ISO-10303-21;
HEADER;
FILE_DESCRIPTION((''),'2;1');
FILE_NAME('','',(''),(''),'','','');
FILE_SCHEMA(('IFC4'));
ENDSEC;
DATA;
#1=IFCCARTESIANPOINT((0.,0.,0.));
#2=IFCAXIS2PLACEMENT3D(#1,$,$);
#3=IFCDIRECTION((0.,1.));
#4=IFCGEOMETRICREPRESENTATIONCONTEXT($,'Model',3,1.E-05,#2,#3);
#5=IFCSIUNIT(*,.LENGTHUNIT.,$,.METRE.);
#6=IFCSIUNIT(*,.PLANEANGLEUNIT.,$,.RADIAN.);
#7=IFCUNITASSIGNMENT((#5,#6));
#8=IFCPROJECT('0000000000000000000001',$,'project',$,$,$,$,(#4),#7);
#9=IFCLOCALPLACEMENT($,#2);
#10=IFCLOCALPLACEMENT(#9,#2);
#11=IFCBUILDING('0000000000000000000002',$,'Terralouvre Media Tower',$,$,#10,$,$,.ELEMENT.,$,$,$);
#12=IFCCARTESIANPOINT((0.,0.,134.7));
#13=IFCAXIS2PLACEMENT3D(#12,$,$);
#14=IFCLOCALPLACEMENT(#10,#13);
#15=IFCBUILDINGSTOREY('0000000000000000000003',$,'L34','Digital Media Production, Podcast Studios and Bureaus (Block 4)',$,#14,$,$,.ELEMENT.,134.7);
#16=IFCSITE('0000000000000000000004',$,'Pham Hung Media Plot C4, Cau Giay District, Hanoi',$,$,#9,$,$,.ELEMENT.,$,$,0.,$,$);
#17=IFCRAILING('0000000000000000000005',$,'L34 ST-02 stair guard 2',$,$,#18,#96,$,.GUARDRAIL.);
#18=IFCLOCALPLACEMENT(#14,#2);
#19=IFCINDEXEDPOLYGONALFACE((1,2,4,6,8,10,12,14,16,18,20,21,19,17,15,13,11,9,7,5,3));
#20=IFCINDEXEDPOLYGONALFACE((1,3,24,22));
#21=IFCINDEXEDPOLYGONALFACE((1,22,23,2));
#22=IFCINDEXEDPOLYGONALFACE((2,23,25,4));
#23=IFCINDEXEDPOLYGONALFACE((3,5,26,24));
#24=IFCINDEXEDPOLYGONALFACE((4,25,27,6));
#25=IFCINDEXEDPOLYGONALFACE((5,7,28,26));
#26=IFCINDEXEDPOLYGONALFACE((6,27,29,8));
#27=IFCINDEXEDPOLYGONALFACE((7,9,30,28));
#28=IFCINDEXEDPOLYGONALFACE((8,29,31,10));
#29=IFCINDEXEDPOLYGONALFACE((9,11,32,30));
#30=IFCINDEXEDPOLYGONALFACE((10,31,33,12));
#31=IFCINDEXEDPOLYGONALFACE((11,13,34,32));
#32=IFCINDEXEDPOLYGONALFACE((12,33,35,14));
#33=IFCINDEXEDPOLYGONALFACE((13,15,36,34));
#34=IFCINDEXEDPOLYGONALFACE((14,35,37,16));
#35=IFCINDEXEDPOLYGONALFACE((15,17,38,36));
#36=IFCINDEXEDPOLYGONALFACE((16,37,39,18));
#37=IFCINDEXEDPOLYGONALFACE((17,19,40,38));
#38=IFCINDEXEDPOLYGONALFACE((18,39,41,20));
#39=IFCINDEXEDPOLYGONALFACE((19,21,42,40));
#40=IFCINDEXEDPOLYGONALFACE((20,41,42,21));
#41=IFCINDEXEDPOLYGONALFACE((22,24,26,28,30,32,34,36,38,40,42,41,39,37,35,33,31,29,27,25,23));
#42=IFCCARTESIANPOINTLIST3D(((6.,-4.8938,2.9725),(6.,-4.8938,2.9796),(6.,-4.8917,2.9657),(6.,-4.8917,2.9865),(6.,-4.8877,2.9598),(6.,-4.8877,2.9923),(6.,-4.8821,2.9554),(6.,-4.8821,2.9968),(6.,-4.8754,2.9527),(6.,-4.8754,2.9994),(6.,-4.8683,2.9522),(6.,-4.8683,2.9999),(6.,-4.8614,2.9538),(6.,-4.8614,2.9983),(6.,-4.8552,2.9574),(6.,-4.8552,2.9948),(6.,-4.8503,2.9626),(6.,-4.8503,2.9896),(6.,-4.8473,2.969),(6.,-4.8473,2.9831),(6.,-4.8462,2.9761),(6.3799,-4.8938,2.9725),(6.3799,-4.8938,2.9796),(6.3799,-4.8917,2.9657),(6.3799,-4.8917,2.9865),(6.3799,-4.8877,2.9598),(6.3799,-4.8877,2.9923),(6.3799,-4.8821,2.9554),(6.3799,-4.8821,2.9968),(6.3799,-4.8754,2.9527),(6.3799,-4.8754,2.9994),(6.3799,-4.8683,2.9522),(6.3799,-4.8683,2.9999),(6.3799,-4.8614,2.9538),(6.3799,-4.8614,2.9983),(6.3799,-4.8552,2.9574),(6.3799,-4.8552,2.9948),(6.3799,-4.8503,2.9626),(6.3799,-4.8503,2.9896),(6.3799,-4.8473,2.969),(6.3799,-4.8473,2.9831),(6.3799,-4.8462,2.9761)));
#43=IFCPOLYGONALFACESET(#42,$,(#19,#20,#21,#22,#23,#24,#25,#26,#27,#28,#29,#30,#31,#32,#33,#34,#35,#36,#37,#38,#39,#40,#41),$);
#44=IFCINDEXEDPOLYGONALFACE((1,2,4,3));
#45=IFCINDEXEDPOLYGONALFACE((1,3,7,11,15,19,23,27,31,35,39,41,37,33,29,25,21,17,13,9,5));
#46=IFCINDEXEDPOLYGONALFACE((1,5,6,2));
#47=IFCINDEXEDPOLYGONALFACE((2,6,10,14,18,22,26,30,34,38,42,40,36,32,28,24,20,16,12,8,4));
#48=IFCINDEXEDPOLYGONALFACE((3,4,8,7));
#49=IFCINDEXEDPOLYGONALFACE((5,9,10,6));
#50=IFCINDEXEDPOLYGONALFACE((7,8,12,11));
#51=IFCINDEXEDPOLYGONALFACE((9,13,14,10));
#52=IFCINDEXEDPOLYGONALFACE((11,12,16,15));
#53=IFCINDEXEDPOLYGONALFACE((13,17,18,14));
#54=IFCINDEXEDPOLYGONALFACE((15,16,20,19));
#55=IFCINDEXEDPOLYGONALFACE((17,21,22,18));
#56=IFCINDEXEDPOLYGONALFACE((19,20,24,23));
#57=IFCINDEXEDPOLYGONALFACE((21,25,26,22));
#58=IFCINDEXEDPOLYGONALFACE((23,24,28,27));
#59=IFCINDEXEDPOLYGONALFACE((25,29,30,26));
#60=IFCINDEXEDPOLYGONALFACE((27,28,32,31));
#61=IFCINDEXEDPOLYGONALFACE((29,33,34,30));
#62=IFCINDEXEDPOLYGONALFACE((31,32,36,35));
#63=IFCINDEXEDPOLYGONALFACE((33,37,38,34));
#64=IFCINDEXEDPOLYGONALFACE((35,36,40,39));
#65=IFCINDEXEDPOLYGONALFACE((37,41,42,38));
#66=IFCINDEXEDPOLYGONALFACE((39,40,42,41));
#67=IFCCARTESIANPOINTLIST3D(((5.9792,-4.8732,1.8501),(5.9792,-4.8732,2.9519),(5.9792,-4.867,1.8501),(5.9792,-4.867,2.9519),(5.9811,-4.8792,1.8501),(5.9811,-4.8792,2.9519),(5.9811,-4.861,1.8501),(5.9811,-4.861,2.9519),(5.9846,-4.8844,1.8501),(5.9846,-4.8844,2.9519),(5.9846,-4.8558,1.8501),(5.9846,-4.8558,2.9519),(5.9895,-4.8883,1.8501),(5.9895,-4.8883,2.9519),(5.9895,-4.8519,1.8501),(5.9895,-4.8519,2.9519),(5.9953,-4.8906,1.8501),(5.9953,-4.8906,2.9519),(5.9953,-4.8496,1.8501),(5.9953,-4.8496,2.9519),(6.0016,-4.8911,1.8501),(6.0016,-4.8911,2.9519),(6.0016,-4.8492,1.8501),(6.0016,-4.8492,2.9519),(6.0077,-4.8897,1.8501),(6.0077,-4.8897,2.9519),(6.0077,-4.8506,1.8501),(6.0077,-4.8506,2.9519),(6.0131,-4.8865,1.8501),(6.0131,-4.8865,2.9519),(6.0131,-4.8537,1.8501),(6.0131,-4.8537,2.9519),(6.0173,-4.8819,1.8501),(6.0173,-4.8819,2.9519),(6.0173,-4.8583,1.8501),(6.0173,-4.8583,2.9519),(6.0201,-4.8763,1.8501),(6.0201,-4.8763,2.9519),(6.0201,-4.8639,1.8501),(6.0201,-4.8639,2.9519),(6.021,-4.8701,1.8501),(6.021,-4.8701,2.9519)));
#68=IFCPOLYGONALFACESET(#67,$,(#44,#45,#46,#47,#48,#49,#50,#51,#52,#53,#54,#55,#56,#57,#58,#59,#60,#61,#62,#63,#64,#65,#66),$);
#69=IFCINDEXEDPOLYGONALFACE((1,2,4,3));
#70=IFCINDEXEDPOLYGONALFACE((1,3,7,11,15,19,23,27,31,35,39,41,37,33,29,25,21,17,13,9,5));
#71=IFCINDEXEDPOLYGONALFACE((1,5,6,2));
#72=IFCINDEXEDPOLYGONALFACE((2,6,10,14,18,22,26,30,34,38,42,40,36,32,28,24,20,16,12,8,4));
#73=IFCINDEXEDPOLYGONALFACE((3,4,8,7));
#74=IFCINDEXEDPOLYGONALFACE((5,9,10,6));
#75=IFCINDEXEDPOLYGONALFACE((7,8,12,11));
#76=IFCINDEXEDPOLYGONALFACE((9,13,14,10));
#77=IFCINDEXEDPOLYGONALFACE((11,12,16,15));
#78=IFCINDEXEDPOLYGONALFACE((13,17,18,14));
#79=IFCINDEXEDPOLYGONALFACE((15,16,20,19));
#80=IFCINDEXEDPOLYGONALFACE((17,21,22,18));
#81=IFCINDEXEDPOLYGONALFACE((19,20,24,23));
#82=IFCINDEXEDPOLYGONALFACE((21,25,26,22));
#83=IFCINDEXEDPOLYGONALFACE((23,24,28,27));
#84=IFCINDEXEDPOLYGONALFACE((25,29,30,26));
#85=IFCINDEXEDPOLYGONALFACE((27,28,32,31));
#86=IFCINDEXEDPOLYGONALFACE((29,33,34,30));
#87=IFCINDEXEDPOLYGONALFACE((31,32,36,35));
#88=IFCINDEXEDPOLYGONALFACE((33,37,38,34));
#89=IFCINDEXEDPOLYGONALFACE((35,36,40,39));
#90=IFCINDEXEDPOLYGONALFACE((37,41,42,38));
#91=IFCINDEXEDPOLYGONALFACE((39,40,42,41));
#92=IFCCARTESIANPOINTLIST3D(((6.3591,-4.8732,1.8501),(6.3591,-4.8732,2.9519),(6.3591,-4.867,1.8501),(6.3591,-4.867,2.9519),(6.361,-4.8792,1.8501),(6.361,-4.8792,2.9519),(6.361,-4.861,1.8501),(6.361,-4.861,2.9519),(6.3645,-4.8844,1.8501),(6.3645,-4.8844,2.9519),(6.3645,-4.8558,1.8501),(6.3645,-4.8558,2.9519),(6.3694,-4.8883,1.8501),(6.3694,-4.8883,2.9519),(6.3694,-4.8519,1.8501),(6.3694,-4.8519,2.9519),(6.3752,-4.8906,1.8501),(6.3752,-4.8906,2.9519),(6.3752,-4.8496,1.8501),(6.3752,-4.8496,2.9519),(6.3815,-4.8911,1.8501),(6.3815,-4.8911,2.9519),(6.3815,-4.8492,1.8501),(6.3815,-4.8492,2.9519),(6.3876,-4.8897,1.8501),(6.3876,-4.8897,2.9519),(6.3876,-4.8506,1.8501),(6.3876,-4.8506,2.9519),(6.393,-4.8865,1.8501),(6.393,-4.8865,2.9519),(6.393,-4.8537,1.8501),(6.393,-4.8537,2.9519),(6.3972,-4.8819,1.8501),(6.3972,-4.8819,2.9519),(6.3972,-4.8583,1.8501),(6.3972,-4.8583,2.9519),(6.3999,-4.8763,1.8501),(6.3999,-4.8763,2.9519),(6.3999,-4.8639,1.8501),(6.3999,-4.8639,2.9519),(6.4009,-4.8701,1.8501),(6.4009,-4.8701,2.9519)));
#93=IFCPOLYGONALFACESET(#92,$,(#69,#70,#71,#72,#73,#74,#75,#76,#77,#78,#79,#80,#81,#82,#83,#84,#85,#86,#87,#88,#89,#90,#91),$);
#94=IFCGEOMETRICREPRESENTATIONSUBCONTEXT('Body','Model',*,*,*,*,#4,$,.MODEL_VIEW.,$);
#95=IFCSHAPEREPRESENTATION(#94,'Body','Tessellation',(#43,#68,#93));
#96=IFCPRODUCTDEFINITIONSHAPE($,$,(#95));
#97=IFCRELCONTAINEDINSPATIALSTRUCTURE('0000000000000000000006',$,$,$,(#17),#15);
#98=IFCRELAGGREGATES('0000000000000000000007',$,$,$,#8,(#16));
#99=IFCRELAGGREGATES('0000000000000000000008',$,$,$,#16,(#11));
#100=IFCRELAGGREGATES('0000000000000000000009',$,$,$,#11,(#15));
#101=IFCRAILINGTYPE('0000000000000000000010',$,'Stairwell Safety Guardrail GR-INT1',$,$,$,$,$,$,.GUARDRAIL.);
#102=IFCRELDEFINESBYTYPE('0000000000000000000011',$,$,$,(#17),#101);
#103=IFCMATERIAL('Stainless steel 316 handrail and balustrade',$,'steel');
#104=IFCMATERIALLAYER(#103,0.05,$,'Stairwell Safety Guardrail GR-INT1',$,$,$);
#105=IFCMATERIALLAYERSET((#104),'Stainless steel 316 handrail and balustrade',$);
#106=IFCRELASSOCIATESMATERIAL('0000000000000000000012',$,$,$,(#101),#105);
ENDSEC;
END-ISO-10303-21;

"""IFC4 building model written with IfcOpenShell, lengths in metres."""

from ifc_helpers import new_model, si_unit, direction, frame, origin, origin_2d, place, context, subcontext, project, spatial, circle, extrude, material, layer, layer_set, type_object, element, save


model = new_model("IFC4")

# Units and contexts
model_context = context("Model", 3, precision=1e-05, world=origin(), true_north=direction((0.0, 1.0)))
body_context = subcontext(model_context, "Body", "Model", "MODEL_VIEW")
ifc_project = project(units=[si_unit("LENGTHUNIT", "METRE"), si_unit("PLANEANGLEUNIT", "RADIAN")], contexts=[model_context])

# Site, building, storey
site_placement = place(None, origin())
site = spatial("IfcSite", under=ifc_project, at=site_placement, Name="Pham Hung Media Plot C4, Cau Giay District, Hanoi", CompositionType="ELEMENT", RefElevation=0.0)
building_placement = place(site_placement, origin())
building = spatial("IfcBuilding", under=site, at=building_placement, Name="Terralouvre Media Tower", CompositionType="ELEMENT")
storey_placement = place(building_placement, frame((0.0, 0.0, 134.7)))
storey = spatial("IfcBuildingStorey", under=building, at=storey_placement, Name="L34", Description="Digital Media Production, Podcast Studios and Bureaus (Block 4)", CompositionType="ELEMENT", Elevation=134.7)

# Railing
ifc_material_1 = material(Name="Stainless steel 316 handrail and balustrade", Category="steel")
ifc_layer_1 = layer(ifc_material_1, 0.05, Name="Stairwell Safety Guardrail GR-INT1")
ifc_layer_set_1 = layer_set([ifc_layer_1], Name="Stainless steel 316 handrail and balustrade")
railing_type_1 = type_object("IfcRailingType", Name="Stairwell Safety Guardrail GR-INT1", PredefinedType="GUARDRAIL", material=ifc_layer_set_1)
railing_1_placement = place(storey_placement, frame((6.0, -4.8701, 1.8501)))
element("IfcRailing", 1, at=railing_1_placement, inside=storey, type_object=railing_type_1, Name="L34 ST-02 stair guard 2", PredefinedType="GUARDRAIL", context=body_context, shape_type="SweptSolid", body=[
    extrude(circle(Radius=0.0239, at=origin_2d()), frame((0.0, 0.0, 1.126), z_axis=(1.0, 0.0, 0.0), x_axis=(0.0, 1.0, 0.0)), (0.0, 0.0, 1.0), 0.3799),
    extrude(circle(Radius=0.021, at=origin_2d()), origin(), (0.0, 0.0, 1.0), 1.1018),
    extrude(circle(Radius=0.021, at=origin_2d()), frame((0.3799, 0.0, 0.0)), (0.0, 0.0, 1.0), 1.1018),
])

save(model, "model.ifc")
